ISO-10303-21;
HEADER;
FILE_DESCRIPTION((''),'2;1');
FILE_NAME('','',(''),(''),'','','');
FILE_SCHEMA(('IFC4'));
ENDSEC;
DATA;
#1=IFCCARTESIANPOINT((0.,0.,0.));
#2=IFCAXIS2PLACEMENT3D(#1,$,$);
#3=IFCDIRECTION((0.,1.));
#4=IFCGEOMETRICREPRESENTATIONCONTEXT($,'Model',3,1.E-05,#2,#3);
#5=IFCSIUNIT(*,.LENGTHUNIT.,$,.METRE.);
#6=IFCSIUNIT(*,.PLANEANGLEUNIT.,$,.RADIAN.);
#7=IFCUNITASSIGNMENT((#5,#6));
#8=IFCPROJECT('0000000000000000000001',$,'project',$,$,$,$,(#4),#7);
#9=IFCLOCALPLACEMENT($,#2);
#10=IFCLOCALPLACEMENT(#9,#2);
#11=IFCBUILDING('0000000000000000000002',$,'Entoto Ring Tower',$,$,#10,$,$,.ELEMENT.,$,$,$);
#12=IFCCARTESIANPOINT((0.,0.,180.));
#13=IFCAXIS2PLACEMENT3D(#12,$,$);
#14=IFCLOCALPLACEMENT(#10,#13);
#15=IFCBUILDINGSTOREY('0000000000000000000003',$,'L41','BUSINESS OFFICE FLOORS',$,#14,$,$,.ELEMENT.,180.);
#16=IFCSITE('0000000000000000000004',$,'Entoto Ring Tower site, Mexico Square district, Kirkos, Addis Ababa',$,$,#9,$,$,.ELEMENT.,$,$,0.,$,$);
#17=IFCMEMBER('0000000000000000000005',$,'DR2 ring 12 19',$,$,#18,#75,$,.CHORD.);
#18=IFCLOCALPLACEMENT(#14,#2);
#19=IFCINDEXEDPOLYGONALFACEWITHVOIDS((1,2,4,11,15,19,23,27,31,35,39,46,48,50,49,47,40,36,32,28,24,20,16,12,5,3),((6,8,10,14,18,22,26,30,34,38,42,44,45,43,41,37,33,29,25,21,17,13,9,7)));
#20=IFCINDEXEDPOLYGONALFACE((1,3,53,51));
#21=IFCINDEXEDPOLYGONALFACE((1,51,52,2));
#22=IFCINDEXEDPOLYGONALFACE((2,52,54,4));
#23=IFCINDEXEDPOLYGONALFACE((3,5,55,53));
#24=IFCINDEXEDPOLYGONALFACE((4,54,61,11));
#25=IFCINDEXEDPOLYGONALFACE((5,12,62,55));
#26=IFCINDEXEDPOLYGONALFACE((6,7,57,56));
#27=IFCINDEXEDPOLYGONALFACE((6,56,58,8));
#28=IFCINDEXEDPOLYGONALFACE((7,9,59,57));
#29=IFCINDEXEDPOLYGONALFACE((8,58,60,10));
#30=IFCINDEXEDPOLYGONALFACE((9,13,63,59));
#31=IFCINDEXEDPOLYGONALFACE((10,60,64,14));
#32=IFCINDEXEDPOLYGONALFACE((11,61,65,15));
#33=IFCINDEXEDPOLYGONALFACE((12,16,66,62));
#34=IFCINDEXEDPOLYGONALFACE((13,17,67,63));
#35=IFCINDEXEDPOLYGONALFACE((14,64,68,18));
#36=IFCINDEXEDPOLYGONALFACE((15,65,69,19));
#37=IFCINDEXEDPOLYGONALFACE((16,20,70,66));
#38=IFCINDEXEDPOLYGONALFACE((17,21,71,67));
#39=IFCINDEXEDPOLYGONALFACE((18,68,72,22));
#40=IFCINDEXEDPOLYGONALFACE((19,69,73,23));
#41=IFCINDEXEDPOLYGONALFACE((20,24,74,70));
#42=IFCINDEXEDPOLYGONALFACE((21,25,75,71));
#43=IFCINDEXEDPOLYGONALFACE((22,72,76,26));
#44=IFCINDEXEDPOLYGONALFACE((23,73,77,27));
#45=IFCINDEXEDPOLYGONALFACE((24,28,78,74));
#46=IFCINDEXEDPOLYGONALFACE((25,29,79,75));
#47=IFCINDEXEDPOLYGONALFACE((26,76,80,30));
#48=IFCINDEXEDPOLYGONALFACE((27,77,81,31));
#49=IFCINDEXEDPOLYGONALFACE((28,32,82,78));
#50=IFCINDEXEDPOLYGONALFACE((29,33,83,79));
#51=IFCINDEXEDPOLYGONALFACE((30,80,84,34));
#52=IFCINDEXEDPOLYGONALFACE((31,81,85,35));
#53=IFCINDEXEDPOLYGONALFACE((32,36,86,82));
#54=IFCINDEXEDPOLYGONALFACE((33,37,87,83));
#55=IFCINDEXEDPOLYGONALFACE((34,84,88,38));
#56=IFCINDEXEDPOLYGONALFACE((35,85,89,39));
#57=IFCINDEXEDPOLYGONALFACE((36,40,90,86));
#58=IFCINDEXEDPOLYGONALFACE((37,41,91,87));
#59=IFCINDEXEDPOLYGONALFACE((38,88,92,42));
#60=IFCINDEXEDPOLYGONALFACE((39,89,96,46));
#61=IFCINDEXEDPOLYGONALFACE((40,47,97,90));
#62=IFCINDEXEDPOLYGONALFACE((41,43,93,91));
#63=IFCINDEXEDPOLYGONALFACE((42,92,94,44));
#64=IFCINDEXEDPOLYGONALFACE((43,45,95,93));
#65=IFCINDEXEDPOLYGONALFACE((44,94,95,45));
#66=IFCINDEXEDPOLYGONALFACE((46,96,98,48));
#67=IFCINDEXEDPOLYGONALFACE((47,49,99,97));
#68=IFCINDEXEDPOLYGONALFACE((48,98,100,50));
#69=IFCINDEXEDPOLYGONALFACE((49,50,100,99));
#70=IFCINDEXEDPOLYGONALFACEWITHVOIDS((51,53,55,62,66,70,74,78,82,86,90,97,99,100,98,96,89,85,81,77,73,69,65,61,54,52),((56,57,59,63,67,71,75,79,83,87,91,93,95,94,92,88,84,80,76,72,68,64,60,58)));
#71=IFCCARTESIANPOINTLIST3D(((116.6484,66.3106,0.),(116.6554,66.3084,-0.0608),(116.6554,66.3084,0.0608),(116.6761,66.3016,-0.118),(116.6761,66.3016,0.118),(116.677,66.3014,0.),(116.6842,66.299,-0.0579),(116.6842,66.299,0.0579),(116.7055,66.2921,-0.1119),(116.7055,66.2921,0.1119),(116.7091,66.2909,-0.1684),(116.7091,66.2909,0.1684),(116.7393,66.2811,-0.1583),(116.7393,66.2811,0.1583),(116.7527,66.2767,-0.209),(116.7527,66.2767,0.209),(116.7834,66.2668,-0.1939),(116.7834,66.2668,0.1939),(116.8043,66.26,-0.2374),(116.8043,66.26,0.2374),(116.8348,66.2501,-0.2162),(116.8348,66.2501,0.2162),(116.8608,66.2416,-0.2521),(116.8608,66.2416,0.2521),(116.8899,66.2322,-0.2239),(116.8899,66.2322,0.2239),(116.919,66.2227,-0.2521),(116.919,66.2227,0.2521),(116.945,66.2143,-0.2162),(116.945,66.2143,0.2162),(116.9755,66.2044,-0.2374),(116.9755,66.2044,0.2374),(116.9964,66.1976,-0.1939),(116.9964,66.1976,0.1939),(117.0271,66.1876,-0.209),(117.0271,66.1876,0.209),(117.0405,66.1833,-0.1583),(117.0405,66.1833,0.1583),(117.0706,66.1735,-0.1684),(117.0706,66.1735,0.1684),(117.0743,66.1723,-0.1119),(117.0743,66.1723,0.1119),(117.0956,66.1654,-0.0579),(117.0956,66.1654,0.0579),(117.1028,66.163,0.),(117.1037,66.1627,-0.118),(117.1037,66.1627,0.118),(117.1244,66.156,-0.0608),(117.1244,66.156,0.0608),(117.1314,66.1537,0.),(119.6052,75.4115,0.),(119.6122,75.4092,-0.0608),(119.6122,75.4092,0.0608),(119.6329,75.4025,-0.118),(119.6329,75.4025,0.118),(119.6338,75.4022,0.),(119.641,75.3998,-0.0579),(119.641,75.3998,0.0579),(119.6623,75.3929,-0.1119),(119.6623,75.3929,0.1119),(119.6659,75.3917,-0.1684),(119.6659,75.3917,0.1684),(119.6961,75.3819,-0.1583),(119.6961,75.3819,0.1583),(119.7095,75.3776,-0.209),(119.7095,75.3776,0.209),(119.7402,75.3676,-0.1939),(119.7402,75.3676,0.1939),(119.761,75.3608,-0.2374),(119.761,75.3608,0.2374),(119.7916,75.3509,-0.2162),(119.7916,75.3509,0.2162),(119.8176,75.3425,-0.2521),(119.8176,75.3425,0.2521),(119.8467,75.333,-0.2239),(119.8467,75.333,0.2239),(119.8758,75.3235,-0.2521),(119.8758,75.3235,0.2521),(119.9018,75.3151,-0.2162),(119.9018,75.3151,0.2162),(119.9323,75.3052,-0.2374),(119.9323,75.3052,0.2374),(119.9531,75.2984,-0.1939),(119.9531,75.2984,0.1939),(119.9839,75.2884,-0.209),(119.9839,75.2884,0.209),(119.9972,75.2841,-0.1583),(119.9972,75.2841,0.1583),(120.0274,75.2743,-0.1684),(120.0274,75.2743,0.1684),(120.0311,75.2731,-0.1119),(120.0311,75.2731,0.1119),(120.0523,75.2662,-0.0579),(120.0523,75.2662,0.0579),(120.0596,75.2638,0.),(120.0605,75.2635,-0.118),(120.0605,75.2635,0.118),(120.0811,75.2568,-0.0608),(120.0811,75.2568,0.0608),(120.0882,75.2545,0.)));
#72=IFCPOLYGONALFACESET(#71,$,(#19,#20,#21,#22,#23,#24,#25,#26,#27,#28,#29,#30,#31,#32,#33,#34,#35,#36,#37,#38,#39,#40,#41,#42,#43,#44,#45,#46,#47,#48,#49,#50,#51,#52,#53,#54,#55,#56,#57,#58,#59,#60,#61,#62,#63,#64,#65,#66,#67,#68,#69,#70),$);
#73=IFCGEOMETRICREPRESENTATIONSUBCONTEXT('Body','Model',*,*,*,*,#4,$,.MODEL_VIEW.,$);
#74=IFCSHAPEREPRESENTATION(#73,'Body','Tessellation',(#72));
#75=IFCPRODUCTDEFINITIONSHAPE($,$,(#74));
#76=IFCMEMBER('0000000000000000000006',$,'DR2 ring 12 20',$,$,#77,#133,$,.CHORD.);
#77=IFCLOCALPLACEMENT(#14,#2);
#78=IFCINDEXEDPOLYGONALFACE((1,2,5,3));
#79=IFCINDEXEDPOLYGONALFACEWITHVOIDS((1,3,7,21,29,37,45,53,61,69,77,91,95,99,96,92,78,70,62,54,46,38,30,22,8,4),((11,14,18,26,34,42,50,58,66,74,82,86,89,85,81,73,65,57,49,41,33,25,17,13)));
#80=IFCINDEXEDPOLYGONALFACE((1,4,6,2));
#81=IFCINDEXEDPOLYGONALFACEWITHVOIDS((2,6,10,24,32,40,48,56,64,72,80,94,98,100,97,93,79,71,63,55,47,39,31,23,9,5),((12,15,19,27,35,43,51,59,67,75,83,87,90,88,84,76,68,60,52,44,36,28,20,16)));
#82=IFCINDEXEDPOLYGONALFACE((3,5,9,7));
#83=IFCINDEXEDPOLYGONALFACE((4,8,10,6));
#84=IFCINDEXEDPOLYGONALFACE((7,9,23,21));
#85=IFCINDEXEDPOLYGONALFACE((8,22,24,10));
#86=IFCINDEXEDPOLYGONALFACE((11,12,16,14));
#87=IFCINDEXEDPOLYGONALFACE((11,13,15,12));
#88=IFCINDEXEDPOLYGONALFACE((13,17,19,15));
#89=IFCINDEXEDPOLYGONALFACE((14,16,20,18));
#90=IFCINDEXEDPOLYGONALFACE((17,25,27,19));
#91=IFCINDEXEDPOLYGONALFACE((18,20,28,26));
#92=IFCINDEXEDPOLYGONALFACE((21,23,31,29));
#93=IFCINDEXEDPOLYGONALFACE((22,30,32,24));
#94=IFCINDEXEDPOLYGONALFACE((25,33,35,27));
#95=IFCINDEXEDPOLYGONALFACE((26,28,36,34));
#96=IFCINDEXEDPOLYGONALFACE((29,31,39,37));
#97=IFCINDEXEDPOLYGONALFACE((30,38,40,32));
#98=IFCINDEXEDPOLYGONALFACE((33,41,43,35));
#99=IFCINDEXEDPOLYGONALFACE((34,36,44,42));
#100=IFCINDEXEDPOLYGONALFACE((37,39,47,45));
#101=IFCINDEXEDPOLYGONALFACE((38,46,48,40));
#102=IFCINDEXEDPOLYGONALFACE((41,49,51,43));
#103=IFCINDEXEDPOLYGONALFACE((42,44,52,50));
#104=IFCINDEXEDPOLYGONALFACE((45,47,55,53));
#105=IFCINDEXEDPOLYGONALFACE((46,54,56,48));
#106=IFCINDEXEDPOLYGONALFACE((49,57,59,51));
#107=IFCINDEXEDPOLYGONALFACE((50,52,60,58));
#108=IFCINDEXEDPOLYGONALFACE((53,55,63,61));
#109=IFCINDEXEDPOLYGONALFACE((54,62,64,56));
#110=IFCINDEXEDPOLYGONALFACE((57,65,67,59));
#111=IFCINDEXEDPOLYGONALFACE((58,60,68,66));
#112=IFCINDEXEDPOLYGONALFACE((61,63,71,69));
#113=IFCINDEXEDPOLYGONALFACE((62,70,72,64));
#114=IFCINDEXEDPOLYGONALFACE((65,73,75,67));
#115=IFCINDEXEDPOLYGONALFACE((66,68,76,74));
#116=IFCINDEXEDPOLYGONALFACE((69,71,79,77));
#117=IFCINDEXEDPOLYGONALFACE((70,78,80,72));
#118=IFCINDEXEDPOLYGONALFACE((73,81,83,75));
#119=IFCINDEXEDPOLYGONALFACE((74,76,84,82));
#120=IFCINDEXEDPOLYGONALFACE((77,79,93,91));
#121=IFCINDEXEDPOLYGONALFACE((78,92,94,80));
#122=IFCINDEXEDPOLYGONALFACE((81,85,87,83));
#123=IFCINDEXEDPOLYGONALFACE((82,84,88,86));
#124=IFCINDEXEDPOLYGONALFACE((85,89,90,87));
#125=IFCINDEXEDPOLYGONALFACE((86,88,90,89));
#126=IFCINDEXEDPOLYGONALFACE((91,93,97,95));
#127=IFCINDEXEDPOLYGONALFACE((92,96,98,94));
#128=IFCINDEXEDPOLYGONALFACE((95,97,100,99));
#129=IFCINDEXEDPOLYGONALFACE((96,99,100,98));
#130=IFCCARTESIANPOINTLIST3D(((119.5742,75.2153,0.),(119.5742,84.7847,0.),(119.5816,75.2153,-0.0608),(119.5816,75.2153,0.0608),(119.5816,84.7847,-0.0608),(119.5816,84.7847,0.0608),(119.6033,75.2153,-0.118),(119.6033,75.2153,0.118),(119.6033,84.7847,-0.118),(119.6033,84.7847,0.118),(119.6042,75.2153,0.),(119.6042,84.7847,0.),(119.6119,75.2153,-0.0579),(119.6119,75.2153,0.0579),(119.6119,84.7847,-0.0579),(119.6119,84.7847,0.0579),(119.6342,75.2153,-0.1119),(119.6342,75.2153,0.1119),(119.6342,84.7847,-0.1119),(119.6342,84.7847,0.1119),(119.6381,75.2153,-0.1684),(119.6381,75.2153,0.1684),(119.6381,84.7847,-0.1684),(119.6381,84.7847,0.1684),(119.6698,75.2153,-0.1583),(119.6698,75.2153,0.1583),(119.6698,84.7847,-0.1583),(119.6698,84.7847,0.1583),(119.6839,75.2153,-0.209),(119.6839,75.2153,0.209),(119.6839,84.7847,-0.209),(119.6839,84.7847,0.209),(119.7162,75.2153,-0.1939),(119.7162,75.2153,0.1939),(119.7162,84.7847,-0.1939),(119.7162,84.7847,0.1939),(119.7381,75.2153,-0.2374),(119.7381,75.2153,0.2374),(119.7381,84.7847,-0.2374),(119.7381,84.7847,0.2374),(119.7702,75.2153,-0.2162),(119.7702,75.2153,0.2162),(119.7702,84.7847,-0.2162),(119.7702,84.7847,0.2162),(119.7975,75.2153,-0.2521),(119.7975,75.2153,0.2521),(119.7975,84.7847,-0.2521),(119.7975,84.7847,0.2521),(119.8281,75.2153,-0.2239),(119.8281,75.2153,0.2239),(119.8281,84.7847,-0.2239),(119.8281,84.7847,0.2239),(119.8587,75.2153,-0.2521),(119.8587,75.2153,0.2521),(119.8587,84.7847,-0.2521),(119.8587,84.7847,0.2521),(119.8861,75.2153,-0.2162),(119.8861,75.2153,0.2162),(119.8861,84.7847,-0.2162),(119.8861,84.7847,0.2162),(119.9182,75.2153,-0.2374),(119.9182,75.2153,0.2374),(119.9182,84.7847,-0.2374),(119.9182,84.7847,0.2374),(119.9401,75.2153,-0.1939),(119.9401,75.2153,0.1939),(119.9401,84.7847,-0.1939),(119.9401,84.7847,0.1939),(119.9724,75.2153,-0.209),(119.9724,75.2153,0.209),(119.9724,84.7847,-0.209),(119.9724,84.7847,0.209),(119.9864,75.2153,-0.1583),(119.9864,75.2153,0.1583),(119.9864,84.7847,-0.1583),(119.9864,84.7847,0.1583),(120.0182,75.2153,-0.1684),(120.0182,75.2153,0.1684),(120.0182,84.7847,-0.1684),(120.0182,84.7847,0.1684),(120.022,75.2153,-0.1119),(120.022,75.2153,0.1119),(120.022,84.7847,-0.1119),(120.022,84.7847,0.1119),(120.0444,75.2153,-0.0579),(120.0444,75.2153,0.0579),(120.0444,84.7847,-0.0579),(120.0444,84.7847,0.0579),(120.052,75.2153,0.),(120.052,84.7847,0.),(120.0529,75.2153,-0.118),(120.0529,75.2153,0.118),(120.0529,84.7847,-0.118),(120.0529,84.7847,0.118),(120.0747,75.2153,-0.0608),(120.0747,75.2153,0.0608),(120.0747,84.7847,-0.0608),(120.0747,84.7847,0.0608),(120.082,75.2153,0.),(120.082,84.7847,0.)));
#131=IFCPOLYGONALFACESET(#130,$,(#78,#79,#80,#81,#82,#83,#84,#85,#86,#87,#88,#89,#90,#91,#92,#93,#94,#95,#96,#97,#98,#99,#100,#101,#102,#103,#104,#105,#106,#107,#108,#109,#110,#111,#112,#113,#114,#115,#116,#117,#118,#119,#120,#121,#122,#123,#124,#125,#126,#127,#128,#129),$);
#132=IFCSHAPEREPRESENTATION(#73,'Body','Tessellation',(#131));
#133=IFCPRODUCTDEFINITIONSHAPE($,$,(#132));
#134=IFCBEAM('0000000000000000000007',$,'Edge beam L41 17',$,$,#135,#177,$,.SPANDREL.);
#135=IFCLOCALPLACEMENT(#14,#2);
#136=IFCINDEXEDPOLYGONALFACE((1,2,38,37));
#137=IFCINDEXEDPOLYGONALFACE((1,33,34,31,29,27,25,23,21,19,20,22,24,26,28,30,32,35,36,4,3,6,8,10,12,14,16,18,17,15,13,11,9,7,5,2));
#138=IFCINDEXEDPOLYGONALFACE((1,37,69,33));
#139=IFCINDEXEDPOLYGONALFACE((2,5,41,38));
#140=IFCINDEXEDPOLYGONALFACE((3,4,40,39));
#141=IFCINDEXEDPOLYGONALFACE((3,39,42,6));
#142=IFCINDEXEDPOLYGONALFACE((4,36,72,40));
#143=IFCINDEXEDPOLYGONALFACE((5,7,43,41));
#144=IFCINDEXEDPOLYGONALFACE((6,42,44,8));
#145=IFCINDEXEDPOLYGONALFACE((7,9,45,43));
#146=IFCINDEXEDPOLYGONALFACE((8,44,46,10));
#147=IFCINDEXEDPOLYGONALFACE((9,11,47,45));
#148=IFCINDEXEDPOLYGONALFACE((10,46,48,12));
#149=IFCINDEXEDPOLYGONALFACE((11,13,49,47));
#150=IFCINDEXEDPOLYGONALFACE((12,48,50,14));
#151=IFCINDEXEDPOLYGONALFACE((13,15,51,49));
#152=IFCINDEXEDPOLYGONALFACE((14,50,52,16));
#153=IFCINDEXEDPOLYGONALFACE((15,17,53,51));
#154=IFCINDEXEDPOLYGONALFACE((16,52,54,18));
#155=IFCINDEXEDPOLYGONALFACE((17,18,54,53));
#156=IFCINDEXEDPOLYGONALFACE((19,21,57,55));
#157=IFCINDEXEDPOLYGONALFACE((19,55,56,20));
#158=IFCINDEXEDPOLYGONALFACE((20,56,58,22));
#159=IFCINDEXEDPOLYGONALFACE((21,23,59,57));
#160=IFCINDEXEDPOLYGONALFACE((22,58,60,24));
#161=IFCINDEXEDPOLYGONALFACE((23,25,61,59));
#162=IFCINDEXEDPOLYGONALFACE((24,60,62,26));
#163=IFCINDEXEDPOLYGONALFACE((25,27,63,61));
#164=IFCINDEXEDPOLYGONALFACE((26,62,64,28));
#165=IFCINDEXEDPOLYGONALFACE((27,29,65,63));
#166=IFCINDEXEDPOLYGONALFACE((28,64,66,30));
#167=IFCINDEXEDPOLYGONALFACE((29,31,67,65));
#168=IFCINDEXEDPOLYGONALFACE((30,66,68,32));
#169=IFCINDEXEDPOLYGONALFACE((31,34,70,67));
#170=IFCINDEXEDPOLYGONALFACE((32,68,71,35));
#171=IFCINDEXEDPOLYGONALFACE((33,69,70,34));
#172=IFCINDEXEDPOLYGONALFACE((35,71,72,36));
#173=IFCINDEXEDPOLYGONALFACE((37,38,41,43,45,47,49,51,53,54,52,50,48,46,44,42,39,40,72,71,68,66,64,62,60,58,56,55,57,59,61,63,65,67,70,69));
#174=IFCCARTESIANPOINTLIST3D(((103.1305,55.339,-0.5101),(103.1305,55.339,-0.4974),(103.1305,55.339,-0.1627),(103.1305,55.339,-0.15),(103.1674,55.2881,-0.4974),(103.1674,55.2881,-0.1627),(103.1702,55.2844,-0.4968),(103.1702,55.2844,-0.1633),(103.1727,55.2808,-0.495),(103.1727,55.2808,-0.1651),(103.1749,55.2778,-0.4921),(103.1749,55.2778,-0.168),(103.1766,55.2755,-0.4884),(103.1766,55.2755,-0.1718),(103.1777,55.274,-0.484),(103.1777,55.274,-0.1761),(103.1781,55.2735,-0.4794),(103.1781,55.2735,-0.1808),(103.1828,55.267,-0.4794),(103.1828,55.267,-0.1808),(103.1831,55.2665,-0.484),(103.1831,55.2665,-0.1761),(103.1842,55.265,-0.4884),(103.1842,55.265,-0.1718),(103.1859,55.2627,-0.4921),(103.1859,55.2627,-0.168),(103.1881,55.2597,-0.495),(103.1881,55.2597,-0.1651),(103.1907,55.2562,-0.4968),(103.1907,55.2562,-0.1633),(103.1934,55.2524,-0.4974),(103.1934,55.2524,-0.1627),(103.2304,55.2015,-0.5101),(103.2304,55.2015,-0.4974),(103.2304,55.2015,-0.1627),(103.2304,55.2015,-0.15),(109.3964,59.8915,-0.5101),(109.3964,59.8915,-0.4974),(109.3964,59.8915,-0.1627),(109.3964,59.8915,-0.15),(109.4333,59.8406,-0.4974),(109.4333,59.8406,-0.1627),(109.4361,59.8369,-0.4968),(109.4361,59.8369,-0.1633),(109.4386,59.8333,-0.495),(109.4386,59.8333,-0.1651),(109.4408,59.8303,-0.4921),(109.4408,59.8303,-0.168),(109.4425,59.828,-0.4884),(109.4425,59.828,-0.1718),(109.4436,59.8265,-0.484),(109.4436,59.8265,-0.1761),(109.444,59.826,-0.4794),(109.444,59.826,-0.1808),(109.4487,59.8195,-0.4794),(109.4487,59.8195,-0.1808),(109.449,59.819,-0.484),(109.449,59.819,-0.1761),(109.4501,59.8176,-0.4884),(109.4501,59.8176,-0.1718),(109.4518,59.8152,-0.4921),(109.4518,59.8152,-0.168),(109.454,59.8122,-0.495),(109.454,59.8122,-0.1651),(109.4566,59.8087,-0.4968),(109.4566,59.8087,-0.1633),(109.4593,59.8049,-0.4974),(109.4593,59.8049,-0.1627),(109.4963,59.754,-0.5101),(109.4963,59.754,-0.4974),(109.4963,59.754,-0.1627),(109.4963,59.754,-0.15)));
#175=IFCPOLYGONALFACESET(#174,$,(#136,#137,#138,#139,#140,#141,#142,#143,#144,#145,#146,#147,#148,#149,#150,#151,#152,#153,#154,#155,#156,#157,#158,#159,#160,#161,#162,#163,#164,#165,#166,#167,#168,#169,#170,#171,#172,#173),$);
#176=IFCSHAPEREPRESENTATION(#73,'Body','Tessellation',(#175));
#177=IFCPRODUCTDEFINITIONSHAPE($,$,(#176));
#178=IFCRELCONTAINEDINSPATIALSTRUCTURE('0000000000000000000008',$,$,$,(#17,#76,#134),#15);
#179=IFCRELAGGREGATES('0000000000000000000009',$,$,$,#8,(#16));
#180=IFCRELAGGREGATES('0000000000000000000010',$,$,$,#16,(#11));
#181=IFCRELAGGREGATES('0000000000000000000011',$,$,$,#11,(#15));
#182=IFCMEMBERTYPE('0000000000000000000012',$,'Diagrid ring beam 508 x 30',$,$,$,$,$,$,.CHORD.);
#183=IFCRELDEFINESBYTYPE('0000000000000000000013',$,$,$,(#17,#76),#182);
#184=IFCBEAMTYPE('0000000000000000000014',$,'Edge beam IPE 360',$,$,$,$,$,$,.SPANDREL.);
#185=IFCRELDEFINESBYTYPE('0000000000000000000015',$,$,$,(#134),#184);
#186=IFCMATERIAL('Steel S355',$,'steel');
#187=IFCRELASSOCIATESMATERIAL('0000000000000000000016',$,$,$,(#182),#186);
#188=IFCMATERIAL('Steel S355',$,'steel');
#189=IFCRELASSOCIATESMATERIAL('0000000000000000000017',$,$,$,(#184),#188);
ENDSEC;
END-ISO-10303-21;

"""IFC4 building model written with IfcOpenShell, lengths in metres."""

from ifc_helpers import new_model, si_unit, direction, frame, origin, origin_2d, place, context, subcontext, project, spatial, circle, hollow_circle, i_section, extrude, material, material_profile, profile_set, type_object, element, save


model = new_model("IFC4")

# Units and contexts
model_context = context("Model", 3, precision=1e-05, world=origin(), true_north=direction((0.0, 1.0)))
body_context = subcontext(model_context, "Body", "Model", "MODEL_VIEW")
ifc_project = project(units=[si_unit("LENGTHUNIT", "METRE"), si_unit("PLANEANGLEUNIT", "RADIAN")], contexts=[model_context])

# Site, building, storey
site_placement = place(None, origin())
site = spatial("IfcSite", under=ifc_project, at=site_placement, Name="Entoto Ring Tower site, Mexico Square district, Kirkos, Addis Ababa", CompositionType="ELEMENT", RefElevation=0.0)
building_placement = place(site_placement, origin())
building = spatial("IfcBuilding", under=site, at=building_placement, Name="Entoto Ring Tower", CompositionType="ELEMENT")
storey_placement = place(building_placement, frame((0.0, 0.0, 180.0)))
storey = spatial("IfcBuildingStorey", under=building, at=storey_placement, Name="L41", Description="BUSINESS OFFICE FLOORS", CompositionType="ELEMENT", Elevation=180.0)

# Members
ifc_material_1 = material(Name="Steel S355", Category="steel")
ifc_material_profile_1 = material_profile(ifc_material_1, hollow_circle(Radius=0.2539, WallThickness=0.03, at=origin_2d()), Name="CHS 508 x 30")
ifc_material_2 = material(Name="Concrete C60/75", Category="concrete")
ifc_material_profile_2 = material_profile(ifc_material_2, circle(Radius=0.2241, at=origin_2d()), Name="Concrete C60/75 infill")
ifc_profile_set_1 = profile_set([ifc_material_profile_1, ifc_material_profile_2], Name="Steel S355")
member_type_1 = type_object("IfcMemberType", Name="Diagrid ring beam 508 x 30", PredefinedType="CHORD", material=ifc_profile_set_1)
for number, where, z_axis, x_axis, name in (
    (1, (116.8899, 66.2322, 0.0), (0.308993, 0.951064, 0.0), (-0.951064, 0.308993, 0.0), "DR2 ring 12 19"),
):
    element("IfcMember", number, at=place(storey_placement, frame(where, z_axis=z_axis, x_axis=x_axis)), inside=storey, type_object=member_type_1, Name=name, PredefinedType="CHORD", context=body_context, shape_type="SweptSolid", body=[
        extrude(hollow_circle(Radius=0.2539, WallThickness=0.03, at=origin_2d()), origin(), (0.0, 0.0, 1.0), 9.5691),
    ])
member_placement = place(storey_placement, frame((119.8281, 75.2153, 0.0), z_axis=(0.0, 1.0, 0.0), x_axis=(-1.0, 0.0, 0.0)))
element("IfcMember", 2, at=member_placement, inside=storey, type_object=member_type_1, Name="DR2 ring 12 20", PredefinedType="CHORD", context=body_context, shape_type="SweptSolid", body=[
    extrude(hollow_circle(Radius=0.2539, WallThickness=0.03, at=origin_2d()), origin(), (0.0, 0.0, 1.0), 9.5693),
])

# Beam
ifc_material_3 = material(Name="Steel S355", Category="steel")
ifc_material_profile_3 = material_profile(ifc_material_3, i_section(OverallWidth=0.1699, OverallDepth=0.3601, WebThickness=0.0081, FlangeThickness=0.0127, FilletRadius=0.0181, at=origin_2d()), Name="IPE 360")
ifc_profile_set_2 = profile_set([ifc_material_profile_3], Name="Steel S355")
beam_type_1 = type_object("IfcBeamType", Name="Edge beam IPE 360", PredefinedType="SPANDREL", material=ifc_profile_set_2)
for number, where, z_axis, x_axis, name in (
    (3, (103.1804, 55.2703, -0.3301), (0.809013, 0.587791, 0.0), (-0.587791, 0.809013, 0.0), "Edge beam L41 17"),
):
    element("IfcBeam", number, at=place(storey_placement, frame(where, z_axis=z_axis, x_axis=x_axis)), inside=storey, type_object=beam_type_1, Name=name, PredefinedType="SPANDREL", context=body_context, shape_type="SweptSolid", body=[
        extrude(i_section(OverallWidth=0.1699, OverallDepth=0.3601, WebThickness=0.0081, FlangeThickness=0.0127, FilletRadius=0.0181, at=origin_2d()), origin(), (0.0, 0.0, 1.0), 7.7451),
    ])

save(model, "model.ifc")
